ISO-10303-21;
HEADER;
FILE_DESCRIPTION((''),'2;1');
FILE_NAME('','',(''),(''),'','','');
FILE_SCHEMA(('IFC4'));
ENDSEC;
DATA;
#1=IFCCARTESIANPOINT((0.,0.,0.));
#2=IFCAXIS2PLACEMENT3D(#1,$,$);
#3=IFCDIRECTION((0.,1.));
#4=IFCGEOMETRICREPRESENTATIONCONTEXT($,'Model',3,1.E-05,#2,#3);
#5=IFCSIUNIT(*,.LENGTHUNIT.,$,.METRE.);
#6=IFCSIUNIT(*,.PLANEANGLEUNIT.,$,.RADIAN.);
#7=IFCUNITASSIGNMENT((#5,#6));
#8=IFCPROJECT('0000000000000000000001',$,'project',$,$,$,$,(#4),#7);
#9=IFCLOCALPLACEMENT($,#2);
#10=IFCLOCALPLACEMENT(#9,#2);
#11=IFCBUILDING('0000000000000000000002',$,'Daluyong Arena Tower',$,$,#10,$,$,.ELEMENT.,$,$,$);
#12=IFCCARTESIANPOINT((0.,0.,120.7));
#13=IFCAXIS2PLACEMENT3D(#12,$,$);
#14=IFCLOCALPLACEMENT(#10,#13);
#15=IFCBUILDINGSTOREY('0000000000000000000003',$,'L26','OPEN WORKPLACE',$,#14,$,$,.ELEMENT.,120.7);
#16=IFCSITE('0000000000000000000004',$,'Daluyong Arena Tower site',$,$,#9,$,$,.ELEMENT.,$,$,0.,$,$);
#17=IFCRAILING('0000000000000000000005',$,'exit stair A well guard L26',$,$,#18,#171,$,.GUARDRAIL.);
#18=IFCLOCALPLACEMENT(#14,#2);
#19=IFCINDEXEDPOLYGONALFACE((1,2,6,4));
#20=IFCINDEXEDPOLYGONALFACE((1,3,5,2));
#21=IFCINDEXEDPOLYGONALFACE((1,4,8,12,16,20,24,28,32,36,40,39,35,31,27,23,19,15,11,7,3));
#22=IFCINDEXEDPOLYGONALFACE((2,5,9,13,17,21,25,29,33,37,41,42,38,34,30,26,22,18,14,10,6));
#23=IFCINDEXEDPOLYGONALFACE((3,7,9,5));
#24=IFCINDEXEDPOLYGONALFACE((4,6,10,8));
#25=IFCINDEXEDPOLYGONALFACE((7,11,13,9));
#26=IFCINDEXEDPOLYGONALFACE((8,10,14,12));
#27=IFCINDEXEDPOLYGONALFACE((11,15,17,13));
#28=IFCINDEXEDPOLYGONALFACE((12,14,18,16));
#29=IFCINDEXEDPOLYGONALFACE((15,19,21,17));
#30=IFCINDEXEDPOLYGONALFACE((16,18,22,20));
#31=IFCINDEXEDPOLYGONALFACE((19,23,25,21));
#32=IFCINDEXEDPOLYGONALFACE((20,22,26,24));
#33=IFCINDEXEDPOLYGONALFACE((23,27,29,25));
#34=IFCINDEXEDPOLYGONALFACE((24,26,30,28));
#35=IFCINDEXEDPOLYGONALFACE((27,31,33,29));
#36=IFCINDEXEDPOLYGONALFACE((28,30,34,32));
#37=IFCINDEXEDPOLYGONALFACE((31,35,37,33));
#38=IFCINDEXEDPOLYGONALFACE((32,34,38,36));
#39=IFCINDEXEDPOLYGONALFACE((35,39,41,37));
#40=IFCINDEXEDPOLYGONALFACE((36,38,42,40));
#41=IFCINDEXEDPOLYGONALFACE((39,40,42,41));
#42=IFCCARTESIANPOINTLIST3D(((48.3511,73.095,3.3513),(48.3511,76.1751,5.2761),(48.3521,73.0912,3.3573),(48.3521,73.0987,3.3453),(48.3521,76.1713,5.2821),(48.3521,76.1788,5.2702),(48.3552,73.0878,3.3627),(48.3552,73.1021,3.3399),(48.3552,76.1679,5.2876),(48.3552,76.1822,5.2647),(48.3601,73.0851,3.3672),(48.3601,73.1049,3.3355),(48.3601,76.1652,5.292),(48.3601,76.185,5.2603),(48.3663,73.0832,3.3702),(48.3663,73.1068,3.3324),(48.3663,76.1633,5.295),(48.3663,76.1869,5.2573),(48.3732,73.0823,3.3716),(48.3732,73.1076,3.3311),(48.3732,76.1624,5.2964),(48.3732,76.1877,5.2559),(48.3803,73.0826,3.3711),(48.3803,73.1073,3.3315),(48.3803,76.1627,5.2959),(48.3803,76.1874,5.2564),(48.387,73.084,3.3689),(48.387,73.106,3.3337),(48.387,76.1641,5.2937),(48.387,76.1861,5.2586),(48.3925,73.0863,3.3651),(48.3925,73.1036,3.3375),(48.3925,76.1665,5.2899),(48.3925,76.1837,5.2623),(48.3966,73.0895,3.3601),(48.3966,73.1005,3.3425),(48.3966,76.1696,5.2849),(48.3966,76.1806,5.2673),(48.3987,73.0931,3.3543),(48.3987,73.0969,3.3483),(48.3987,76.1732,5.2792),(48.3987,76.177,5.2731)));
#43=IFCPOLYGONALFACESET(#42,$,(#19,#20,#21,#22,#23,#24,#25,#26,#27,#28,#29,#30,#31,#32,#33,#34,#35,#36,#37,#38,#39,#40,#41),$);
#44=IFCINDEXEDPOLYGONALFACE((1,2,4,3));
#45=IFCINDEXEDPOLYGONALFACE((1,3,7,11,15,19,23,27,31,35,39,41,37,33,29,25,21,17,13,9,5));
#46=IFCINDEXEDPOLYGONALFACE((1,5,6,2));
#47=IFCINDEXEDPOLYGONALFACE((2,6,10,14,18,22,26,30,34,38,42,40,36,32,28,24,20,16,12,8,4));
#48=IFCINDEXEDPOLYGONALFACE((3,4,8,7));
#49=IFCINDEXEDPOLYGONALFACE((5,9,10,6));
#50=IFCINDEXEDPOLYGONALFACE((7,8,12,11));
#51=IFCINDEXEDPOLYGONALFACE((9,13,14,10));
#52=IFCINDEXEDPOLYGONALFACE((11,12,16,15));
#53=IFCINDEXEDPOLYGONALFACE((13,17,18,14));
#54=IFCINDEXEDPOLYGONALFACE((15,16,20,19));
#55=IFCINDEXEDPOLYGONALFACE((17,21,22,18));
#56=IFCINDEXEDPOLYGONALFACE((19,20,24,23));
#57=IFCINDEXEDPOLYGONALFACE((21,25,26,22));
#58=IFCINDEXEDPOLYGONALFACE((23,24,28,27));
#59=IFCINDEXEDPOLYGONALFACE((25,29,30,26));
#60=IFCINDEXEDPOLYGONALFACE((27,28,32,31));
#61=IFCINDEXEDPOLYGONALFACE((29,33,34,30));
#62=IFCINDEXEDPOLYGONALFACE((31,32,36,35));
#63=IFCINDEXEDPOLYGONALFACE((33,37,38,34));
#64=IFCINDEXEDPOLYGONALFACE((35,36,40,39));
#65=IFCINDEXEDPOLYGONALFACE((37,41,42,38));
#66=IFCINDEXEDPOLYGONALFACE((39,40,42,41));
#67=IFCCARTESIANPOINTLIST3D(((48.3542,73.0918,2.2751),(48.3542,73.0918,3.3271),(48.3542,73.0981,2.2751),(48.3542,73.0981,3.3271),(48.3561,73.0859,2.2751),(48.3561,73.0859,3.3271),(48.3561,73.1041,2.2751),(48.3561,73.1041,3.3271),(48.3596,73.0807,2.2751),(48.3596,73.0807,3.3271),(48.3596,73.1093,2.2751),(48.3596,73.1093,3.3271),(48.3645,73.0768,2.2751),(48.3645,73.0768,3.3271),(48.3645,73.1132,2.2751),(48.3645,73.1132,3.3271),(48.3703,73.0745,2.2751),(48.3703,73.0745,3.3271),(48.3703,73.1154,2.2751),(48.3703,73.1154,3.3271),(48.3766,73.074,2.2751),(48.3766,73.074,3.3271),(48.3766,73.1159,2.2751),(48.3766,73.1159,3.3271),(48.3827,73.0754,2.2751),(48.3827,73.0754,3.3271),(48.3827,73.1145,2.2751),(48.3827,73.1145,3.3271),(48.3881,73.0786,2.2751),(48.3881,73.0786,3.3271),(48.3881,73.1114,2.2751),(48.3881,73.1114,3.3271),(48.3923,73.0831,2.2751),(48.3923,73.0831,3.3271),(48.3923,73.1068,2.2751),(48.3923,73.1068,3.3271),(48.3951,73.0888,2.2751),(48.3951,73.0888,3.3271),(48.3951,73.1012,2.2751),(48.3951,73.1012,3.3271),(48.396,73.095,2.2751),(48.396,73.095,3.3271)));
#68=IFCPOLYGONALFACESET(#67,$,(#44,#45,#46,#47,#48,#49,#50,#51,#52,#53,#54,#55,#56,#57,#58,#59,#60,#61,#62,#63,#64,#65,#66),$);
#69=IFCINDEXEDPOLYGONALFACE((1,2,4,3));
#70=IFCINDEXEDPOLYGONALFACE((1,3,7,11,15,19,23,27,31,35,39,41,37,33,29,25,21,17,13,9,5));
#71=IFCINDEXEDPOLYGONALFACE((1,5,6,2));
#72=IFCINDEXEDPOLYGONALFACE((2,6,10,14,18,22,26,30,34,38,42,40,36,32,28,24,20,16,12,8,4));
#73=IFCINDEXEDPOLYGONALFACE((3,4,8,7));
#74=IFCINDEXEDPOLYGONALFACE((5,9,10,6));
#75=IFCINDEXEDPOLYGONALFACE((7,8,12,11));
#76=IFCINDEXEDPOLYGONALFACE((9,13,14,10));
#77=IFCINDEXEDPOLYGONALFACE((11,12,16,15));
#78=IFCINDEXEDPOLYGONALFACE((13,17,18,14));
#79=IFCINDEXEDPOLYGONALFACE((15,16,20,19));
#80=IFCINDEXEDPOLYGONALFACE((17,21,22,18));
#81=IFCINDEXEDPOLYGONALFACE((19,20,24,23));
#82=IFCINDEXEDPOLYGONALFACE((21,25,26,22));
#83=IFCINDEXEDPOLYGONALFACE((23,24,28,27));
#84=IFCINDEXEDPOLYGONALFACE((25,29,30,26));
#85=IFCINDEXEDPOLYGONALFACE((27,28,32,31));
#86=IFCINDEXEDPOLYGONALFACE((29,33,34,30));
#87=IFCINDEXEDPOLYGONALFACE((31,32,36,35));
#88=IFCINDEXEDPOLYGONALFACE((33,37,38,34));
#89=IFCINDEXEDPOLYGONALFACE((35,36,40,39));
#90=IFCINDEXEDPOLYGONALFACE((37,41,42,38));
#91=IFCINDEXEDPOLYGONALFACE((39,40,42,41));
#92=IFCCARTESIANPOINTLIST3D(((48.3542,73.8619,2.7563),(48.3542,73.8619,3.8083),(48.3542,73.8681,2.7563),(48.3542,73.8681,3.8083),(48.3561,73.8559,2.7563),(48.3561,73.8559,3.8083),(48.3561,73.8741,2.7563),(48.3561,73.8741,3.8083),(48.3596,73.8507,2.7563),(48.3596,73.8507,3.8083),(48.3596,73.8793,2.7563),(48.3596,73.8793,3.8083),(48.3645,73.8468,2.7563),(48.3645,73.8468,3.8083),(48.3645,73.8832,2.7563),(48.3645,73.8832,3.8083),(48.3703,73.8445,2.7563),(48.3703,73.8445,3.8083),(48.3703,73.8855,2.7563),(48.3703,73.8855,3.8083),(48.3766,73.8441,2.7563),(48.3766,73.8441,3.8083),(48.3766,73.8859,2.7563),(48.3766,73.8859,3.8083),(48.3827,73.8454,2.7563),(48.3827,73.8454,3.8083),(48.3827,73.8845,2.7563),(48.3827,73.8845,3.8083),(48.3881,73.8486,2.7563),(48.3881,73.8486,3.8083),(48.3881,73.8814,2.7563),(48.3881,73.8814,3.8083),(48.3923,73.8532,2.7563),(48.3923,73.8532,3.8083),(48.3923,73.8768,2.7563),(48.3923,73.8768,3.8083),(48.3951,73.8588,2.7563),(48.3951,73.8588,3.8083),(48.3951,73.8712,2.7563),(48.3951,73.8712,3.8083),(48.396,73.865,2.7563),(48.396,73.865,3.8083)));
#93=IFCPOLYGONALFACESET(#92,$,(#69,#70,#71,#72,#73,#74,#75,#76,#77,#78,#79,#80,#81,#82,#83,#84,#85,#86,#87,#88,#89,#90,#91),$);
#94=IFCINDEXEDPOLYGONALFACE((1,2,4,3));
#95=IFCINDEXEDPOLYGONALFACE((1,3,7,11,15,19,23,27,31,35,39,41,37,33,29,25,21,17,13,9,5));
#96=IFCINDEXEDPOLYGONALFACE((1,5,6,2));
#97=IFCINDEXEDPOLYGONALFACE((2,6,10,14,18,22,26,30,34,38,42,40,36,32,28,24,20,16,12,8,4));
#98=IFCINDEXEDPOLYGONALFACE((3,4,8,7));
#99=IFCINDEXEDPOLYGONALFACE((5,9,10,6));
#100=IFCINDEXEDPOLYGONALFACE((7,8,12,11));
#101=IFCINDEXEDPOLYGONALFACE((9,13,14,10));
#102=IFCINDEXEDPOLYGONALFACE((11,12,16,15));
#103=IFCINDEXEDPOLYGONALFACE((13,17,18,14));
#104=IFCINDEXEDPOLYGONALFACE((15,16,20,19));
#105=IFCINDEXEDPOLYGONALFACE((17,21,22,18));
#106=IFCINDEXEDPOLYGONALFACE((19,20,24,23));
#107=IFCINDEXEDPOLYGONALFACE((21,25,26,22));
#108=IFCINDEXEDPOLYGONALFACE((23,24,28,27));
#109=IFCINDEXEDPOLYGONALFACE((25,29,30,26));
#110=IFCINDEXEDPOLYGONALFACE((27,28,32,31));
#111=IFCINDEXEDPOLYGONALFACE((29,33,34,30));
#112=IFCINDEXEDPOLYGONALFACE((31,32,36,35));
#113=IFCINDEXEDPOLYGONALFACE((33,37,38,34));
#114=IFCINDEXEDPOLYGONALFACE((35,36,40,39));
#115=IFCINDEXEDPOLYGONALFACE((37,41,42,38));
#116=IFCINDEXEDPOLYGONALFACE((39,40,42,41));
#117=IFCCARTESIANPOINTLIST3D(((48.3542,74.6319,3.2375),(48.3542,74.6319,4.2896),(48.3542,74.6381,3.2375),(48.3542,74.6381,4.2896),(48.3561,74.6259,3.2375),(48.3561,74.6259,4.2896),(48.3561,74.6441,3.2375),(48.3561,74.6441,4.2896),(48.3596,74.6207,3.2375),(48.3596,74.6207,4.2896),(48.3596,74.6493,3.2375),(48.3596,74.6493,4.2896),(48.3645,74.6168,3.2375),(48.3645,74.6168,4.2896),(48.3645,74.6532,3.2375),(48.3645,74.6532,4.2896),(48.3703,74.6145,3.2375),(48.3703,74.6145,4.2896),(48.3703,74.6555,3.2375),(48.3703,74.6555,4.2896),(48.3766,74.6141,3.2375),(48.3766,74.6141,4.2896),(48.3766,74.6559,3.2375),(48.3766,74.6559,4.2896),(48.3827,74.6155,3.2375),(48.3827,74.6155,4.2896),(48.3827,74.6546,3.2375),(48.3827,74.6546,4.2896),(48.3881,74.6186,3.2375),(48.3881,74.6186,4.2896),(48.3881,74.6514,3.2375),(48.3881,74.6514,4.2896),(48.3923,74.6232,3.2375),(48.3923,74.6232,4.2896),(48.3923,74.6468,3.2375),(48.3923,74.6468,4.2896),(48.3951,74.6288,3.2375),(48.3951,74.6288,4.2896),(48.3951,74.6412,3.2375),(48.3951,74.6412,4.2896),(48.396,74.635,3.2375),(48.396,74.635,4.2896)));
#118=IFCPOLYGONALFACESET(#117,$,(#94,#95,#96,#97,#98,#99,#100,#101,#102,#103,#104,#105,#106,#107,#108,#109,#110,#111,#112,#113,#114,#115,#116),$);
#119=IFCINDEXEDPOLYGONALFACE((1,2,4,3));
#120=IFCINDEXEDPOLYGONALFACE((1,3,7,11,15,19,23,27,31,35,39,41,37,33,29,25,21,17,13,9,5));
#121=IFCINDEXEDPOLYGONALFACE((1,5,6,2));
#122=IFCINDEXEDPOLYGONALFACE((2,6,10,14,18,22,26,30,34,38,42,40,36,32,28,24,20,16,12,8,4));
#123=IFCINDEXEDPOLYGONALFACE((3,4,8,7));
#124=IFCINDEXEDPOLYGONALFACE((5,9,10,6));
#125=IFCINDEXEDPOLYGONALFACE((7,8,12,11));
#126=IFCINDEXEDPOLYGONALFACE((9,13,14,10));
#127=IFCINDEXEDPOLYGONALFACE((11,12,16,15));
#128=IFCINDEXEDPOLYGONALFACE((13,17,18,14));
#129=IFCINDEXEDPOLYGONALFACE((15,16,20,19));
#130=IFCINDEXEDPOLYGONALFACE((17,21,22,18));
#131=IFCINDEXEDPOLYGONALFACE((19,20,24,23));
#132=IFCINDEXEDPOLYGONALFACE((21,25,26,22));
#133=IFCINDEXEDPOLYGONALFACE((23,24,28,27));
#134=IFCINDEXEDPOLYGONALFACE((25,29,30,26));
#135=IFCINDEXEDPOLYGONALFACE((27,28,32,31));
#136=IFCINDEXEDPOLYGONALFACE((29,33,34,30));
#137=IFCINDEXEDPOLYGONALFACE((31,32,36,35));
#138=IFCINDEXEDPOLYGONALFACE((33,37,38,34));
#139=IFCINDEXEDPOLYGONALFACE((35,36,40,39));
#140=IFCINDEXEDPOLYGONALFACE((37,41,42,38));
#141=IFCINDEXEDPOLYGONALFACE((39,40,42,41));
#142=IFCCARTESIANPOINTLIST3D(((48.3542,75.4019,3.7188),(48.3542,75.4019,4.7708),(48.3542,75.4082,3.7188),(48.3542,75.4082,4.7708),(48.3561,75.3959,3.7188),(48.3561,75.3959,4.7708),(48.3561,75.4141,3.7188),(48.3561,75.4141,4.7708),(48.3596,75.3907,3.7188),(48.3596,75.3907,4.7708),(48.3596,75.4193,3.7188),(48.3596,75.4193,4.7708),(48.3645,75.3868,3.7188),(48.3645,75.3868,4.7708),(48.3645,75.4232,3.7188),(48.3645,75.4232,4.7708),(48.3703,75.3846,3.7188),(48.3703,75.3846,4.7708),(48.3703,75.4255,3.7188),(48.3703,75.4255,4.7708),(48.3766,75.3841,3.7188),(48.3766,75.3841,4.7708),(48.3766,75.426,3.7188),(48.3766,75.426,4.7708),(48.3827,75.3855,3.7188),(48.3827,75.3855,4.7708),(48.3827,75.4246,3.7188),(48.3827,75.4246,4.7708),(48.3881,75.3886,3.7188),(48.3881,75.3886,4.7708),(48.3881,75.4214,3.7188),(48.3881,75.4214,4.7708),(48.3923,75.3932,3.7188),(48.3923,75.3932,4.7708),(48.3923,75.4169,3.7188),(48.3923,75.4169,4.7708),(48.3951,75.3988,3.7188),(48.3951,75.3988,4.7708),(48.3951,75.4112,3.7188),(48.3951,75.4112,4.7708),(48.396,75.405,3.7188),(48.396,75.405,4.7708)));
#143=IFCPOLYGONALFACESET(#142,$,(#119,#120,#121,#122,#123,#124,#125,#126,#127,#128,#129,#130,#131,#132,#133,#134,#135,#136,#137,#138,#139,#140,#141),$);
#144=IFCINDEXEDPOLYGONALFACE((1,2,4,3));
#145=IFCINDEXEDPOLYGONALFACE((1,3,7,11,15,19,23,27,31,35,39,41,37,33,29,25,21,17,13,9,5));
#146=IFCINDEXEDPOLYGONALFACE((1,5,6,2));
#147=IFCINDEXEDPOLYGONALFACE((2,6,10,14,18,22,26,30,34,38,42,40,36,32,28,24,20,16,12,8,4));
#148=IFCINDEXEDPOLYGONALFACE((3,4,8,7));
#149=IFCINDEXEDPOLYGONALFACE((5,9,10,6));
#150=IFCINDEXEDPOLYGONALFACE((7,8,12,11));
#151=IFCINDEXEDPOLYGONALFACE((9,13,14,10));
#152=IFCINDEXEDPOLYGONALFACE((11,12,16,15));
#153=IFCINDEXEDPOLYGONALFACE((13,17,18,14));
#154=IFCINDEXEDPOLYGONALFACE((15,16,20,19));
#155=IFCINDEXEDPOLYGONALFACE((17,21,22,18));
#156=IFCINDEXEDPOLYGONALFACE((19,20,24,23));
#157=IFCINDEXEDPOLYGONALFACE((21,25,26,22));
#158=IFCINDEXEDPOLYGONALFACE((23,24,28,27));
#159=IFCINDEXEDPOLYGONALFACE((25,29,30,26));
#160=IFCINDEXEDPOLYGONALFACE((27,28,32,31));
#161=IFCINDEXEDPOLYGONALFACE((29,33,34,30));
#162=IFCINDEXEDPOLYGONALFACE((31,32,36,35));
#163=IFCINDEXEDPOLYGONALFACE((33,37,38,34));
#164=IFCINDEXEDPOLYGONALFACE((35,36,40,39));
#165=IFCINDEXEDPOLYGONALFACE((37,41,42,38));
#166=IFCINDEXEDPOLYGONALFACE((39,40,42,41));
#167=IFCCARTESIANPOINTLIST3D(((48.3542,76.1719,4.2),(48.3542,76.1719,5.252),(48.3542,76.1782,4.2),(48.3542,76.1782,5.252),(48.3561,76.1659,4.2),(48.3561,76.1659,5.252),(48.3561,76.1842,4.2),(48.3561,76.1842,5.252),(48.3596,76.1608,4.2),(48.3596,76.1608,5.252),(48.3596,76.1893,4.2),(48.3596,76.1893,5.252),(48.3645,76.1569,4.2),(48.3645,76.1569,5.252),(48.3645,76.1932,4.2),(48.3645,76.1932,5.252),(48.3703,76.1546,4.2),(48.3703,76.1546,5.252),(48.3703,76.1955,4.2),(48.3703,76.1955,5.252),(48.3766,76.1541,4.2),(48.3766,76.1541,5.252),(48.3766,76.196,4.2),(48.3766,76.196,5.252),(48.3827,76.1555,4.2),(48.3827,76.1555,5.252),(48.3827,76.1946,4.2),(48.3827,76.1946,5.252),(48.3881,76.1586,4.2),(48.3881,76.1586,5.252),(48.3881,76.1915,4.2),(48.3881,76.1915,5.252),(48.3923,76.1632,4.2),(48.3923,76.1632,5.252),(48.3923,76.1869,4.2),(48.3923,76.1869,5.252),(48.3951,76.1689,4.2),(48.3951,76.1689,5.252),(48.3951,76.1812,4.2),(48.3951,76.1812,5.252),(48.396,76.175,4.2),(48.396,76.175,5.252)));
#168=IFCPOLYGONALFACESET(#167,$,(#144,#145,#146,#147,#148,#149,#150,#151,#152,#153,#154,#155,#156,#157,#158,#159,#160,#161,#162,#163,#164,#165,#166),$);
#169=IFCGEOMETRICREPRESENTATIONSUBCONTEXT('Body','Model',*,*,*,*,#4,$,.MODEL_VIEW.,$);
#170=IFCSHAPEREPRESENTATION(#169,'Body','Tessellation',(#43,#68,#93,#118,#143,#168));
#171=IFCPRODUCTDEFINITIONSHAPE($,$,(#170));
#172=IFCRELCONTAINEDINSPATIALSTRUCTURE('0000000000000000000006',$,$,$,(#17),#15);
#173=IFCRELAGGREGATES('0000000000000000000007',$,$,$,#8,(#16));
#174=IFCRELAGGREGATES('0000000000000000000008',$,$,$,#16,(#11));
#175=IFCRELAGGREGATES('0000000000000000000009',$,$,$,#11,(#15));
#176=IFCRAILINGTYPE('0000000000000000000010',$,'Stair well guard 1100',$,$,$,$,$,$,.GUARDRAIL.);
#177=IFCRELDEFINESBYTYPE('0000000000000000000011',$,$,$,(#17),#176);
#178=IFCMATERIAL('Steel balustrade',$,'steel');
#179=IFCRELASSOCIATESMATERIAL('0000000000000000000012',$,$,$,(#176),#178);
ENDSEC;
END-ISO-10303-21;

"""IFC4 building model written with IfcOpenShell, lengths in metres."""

from ifc_helpers import new_model, si_unit, direction, frame, origin, origin_2d, place, context, subcontext, project, spatial, circle, extrude, material, type_object, element, save


model = new_model("IFC4")

# Units and contexts
model_context = context("Model", 3, precision=1e-05, world=origin(), true_north=direction((0.0, 1.0)))
body_context = subcontext(model_context, "Body", "Model", "MODEL_VIEW")
ifc_project = project(units=[si_unit("LENGTHUNIT", "METRE"), si_unit("PLANEANGLEUNIT", "RADIAN")], contexts=[model_context])

# Site, building, storey
site_placement = place(None, origin())
site = spatial("IfcSite", under=ifc_project, at=site_placement, Name="Daluyong Arena Tower site", CompositionType="ELEMENT", RefElevation=0.0)
building_placement = place(site_placement, origin())
building = spatial("IfcBuilding", under=site, at=building_placement, Name="Daluyong Arena Tower", CompositionType="ELEMENT")
storey_placement = place(building_placement, frame((0.0, 0.0, 120.7)))
storey = spatial("IfcBuildingStorey", under=building, at=storey_placement, Name="L26", Description="OPEN WORKPLACE", CompositionType="ELEMENT", Elevation=120.7)

# Railing
ifc_material_1 = material(Name="Steel balustrade", Category="steel")
railing_type_1 = type_object("IfcRailingType", Name="Stair well guard 1100", PredefinedType="GUARDRAIL", material=ifc_material_1)
railing_1_placement = place(storey_placement, frame((48.375, 73.095, 2.2751)))
element("IfcRailing", 1, at=railing_1_placement, inside=storey, type_object=railing_type_1, Name="exit stair A well guard L26", PredefinedType="GUARDRAIL", context=body_context, shape_type="SweptSolid", body=[
    extrude(circle(Radius=0.0239, at=origin_2d()), frame((0.0, 0.0, 1.0762), z_axis=(0.0, 0.848029, 0.529951), x_axis=(-1.0, 0.0, 0.0)), (0.0, 0.0, 1.0), 3.6321),
    extrude(circle(Radius=0.021, at=origin_2d()), origin(), (0.0, 0.0, 1.0), 1.052),
    extrude(circle(Radius=0.021, at=origin_2d()), frame((0.0, 0.77, 0.4812)), (0.0, 0.0, 1.0), 1.052),
    extrude(circle(Radius=0.021, at=origin_2d()), frame((0.0, 1.54, 0.9624)), (0.0, 0.0, 1.0), 1.052),
    extrude(circle(Radius=0.021, at=origin_2d()), frame((0.0, 2.3101, 1.4436)), (0.0, 0.0, 1.0), 1.052),
    extrude(circle(Radius=0.021, at=origin_2d()), frame((0.0, 3.0801, 1.9248)), (0.0, 0.0, 1.0), 1.052),
])

save(model, "model.ifc")
